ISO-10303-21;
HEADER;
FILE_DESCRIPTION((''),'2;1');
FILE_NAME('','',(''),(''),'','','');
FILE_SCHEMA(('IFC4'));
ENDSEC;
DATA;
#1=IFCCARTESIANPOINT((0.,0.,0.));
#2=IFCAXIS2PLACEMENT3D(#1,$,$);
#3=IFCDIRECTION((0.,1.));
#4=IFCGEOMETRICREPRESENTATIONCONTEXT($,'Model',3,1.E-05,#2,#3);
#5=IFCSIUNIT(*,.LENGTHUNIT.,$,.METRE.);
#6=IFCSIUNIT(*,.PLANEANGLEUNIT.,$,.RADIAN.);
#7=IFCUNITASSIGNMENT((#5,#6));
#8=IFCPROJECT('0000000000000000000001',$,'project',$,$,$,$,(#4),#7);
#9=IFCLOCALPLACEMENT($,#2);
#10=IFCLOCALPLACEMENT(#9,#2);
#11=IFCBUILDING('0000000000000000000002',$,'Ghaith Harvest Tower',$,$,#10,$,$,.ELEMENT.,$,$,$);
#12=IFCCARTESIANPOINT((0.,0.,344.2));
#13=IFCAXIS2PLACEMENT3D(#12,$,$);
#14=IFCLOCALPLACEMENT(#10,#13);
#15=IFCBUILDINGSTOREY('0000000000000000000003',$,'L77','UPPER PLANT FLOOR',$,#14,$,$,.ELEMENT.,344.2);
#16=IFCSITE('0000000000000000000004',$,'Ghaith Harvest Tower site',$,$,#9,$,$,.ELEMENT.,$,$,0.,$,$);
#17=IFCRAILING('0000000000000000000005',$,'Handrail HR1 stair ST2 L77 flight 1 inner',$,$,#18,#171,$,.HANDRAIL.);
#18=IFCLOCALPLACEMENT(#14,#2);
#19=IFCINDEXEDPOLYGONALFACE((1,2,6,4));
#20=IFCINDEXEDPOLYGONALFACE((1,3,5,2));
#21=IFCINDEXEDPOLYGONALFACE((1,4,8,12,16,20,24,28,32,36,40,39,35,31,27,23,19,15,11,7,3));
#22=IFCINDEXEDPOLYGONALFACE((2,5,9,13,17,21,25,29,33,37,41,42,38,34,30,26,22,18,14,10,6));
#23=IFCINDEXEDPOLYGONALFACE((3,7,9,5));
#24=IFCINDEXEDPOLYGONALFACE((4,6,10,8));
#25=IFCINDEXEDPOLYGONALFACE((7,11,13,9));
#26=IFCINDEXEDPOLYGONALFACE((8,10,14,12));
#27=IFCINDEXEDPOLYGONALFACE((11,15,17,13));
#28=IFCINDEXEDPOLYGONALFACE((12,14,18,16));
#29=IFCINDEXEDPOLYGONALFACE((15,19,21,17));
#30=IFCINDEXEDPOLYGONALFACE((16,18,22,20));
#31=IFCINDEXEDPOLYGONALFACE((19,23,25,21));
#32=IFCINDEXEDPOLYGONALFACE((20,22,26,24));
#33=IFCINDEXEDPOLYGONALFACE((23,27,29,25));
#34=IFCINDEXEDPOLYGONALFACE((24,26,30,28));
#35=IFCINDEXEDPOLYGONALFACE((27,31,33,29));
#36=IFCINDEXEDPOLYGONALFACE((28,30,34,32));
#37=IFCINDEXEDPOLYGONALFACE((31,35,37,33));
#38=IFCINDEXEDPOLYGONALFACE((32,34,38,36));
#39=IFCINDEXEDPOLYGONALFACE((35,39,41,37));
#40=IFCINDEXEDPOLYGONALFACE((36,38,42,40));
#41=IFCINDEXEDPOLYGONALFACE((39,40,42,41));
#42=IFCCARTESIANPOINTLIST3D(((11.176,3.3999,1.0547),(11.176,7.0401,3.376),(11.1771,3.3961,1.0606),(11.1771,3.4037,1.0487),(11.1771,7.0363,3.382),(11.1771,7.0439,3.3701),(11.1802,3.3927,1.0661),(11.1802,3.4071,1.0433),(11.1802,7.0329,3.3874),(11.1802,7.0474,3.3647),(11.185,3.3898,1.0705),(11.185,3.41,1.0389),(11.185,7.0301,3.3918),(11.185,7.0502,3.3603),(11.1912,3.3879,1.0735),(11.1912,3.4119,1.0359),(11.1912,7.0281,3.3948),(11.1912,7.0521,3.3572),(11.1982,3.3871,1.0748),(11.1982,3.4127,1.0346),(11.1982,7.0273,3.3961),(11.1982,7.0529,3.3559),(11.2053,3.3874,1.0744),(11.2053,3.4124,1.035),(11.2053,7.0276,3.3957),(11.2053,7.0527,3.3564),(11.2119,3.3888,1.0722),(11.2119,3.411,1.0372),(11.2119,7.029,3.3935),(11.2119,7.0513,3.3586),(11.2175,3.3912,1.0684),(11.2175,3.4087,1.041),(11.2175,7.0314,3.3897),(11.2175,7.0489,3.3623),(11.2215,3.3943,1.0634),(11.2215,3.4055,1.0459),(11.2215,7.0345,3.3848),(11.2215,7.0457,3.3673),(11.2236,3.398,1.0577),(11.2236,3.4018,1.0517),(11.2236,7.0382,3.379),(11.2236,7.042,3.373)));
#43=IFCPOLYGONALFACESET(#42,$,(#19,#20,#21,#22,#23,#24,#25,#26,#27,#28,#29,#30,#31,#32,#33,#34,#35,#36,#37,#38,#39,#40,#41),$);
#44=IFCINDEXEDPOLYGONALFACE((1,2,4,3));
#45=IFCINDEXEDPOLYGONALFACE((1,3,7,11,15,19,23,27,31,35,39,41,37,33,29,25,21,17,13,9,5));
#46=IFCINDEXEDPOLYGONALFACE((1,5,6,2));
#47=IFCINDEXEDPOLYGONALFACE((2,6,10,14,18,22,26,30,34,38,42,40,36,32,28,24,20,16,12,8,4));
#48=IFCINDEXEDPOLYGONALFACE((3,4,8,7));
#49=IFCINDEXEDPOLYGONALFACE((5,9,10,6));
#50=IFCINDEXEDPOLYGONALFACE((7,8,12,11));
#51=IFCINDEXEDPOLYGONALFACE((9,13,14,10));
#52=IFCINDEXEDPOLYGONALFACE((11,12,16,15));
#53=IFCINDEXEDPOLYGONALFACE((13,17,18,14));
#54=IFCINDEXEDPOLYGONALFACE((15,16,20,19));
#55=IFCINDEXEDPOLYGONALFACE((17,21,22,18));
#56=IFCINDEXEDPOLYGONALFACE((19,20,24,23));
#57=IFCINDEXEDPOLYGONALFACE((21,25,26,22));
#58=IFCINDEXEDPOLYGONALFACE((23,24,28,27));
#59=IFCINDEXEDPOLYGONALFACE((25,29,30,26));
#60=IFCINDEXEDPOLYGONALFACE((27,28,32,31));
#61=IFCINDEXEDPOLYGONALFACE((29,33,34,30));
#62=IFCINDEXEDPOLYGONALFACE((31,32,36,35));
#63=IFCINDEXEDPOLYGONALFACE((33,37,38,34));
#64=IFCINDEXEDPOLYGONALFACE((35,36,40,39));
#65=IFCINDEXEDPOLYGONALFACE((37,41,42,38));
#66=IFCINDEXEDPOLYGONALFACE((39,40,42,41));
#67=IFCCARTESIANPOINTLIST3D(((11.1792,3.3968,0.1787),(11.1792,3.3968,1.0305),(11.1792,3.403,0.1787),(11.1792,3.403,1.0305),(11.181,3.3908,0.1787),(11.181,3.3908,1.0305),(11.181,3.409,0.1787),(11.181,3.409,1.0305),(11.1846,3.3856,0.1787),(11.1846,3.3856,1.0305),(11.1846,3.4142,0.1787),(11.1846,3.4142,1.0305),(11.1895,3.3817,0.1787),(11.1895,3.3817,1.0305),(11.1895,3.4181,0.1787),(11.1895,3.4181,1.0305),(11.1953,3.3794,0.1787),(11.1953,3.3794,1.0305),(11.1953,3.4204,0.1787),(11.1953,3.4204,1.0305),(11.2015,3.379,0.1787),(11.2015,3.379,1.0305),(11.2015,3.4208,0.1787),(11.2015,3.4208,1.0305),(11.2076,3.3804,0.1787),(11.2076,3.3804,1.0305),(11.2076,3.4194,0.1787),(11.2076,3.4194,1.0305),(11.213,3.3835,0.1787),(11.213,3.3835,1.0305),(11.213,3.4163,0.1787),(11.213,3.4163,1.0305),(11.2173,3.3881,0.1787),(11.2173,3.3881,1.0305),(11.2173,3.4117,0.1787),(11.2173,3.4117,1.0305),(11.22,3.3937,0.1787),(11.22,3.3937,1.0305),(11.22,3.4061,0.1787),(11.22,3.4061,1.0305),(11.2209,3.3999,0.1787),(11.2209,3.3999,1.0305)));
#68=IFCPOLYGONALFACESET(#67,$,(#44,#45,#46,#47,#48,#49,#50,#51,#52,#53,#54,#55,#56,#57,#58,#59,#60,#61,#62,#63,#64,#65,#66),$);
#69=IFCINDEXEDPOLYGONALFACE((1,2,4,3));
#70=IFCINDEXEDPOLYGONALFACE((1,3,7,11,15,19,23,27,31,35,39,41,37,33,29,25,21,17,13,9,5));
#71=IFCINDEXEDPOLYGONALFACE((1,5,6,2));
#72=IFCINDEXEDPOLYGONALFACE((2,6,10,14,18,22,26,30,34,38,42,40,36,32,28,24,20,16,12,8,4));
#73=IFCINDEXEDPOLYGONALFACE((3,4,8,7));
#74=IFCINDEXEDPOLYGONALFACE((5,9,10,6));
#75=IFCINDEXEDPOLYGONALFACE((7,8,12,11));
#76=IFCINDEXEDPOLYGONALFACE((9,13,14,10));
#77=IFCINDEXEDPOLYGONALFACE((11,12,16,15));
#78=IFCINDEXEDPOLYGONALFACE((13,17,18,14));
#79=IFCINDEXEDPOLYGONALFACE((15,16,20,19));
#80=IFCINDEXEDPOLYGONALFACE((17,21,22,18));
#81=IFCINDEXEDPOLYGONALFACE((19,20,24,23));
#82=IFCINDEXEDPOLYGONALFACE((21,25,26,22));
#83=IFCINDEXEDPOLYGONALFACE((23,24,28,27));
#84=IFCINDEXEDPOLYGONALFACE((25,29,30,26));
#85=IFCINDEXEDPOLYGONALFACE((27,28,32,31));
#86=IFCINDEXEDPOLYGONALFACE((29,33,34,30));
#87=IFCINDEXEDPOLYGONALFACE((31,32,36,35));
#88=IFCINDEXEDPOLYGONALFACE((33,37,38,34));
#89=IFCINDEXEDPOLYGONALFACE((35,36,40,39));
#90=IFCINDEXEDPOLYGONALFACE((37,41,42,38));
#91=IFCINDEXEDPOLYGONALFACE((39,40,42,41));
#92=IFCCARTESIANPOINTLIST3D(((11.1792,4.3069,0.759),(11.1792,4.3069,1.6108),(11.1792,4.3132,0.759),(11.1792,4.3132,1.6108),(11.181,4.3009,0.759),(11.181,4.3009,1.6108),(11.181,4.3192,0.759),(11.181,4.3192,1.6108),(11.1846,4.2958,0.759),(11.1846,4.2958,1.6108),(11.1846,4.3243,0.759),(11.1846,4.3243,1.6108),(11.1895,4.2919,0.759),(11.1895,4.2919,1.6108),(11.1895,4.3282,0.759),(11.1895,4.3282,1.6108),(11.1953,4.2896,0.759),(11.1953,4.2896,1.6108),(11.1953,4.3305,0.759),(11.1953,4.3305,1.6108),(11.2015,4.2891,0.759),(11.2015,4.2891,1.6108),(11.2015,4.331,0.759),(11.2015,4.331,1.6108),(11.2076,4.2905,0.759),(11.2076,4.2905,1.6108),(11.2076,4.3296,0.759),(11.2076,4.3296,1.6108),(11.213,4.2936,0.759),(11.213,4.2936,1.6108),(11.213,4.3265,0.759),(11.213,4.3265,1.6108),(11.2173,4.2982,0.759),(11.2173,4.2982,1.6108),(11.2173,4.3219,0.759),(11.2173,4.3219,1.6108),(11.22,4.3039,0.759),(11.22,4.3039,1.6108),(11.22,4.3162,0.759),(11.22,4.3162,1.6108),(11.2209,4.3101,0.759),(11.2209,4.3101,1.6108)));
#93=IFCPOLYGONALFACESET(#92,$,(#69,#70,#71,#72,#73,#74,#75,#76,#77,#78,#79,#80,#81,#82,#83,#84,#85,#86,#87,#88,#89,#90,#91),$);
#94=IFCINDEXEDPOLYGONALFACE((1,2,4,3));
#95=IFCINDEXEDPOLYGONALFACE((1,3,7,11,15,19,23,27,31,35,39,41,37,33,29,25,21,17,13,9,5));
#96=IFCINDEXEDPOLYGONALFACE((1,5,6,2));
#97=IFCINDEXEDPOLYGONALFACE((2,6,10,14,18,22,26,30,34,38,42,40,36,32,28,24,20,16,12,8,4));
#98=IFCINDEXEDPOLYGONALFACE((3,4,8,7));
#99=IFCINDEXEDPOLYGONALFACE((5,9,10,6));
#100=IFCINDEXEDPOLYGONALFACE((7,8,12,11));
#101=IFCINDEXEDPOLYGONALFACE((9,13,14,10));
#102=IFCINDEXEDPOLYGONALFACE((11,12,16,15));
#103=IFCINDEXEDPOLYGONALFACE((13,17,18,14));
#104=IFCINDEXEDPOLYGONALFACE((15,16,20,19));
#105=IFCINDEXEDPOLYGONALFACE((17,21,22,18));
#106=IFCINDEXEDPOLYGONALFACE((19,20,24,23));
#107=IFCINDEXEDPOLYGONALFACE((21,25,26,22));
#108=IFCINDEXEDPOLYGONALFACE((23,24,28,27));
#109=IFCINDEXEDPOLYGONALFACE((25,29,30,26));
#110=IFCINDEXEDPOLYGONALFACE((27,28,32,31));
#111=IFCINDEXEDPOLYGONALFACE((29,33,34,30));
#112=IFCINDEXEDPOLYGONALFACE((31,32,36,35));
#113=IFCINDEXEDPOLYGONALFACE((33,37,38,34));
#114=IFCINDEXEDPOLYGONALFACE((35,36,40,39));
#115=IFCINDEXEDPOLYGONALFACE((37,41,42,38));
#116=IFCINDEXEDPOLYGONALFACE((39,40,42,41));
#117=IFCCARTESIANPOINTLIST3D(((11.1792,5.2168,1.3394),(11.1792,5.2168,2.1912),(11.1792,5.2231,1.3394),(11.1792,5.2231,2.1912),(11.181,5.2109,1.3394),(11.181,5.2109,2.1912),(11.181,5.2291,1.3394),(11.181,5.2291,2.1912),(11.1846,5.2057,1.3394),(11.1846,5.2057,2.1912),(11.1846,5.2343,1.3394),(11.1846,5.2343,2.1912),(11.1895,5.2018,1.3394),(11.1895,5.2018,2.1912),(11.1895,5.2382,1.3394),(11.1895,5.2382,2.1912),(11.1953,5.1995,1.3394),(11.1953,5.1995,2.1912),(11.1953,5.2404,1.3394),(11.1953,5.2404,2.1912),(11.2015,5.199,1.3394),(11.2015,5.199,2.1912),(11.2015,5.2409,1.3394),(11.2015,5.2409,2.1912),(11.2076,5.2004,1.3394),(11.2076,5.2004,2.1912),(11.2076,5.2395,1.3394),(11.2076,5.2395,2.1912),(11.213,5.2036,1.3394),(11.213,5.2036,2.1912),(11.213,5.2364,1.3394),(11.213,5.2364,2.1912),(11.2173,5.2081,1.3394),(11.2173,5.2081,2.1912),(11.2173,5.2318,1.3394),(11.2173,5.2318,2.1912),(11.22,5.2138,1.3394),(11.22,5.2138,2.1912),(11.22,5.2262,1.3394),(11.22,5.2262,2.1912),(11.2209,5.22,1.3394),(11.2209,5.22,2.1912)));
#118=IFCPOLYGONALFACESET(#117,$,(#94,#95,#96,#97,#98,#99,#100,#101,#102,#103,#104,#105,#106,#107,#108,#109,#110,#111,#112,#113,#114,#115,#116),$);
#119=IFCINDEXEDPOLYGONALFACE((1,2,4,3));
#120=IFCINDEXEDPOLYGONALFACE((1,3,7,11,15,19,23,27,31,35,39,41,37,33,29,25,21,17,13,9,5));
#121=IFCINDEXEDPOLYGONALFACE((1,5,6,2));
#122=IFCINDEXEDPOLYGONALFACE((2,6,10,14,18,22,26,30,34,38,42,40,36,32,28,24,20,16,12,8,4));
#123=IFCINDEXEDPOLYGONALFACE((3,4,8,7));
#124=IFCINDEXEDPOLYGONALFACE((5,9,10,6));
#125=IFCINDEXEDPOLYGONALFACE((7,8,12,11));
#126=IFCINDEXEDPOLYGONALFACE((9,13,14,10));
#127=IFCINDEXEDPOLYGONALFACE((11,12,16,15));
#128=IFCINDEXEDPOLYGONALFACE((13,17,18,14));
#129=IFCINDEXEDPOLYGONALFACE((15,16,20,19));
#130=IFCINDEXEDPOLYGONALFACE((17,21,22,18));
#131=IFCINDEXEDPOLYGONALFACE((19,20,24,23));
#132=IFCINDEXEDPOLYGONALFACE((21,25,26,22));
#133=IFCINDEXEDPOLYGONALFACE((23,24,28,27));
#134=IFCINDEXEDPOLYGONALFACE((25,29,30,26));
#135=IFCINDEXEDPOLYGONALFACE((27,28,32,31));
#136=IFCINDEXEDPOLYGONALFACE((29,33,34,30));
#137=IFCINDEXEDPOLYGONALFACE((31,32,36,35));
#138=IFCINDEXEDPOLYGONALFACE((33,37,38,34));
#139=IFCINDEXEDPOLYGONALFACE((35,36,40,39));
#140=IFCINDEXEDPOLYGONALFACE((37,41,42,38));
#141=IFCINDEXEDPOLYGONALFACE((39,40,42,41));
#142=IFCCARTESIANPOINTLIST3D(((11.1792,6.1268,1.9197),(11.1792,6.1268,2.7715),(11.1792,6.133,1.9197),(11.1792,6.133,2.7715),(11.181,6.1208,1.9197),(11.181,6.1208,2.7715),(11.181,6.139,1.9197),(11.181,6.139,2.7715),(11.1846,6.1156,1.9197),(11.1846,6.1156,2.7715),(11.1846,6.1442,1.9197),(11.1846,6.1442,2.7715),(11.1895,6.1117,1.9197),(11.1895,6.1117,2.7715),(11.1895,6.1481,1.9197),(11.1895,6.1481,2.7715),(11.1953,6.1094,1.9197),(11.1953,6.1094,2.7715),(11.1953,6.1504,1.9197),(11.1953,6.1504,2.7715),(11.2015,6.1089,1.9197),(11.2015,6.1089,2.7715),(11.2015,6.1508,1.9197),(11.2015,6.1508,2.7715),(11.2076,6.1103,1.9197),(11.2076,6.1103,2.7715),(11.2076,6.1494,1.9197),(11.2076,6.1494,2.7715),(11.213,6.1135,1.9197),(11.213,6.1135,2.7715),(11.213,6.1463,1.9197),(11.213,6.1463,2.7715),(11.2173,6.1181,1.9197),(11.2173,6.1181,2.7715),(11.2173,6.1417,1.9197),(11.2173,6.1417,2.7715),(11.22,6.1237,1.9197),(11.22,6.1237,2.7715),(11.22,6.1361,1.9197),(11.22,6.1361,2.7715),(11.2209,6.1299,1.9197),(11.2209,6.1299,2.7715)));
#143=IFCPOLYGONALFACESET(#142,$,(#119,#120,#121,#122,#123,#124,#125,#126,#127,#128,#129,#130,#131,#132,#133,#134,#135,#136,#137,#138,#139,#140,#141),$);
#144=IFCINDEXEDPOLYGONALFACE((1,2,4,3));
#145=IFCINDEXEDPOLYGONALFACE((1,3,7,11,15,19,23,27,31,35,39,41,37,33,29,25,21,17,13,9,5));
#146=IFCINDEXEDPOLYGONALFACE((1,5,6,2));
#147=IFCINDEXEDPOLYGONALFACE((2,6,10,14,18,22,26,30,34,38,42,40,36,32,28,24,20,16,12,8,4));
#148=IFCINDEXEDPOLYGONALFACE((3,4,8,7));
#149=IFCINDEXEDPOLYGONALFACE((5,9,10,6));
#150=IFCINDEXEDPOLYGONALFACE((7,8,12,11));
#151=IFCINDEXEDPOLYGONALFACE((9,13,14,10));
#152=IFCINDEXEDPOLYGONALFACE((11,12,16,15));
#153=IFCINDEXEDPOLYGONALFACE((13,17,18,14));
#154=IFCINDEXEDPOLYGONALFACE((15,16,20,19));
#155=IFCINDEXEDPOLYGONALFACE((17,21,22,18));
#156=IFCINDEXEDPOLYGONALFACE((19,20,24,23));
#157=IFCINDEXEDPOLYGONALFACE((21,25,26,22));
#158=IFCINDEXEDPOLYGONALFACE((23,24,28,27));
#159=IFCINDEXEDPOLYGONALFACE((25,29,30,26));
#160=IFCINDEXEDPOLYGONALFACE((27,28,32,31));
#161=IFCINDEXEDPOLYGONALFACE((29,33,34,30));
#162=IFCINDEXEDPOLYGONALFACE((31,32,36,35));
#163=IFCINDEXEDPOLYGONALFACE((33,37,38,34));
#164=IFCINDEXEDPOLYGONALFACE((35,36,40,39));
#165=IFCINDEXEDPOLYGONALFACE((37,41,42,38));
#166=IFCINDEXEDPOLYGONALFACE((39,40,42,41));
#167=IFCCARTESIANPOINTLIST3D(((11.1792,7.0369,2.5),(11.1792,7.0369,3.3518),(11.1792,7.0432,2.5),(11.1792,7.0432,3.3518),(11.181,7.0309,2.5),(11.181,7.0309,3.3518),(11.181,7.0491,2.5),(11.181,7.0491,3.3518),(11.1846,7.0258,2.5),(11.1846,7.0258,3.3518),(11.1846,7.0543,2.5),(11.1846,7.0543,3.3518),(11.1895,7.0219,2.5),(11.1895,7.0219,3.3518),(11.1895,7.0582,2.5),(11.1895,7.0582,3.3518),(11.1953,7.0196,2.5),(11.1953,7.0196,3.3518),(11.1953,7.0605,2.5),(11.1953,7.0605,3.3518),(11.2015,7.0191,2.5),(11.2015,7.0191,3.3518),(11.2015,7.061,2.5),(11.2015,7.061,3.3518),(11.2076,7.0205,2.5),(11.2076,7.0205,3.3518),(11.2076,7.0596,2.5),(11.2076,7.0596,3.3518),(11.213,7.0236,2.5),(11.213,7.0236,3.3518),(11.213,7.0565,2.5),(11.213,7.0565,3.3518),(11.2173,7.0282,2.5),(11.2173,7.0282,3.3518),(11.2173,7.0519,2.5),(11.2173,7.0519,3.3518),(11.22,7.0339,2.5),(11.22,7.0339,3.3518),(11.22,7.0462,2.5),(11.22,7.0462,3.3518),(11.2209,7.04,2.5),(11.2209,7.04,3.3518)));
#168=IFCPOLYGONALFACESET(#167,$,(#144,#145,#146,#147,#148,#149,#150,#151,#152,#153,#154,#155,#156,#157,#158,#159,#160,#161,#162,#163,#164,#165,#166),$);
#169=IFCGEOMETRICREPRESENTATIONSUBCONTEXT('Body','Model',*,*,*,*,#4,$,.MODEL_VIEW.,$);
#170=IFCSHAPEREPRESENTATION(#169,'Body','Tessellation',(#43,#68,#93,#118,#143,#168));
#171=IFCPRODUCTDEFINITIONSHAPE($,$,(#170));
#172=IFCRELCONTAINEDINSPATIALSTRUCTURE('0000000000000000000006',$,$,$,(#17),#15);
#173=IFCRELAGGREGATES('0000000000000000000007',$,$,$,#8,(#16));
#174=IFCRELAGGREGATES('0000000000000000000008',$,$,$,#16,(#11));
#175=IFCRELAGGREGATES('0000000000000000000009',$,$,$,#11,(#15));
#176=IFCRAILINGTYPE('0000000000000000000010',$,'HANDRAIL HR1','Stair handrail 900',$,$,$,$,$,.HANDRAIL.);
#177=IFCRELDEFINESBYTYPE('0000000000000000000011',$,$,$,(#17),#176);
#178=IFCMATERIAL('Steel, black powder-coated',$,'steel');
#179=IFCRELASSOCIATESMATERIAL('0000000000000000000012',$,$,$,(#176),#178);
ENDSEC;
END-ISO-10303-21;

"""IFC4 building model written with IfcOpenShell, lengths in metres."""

from ifc_helpers import new_model, si_unit, direction, frame, origin, origin_2d, place, context, subcontext, project, spatial, circle, extrude, material, type_object, element, save


model = new_model("IFC4")

# Units and contexts
model_context = context("Model", 3, precision=1e-05, world=origin(), true_north=direction((0.0, 1.0)))
body_context = subcontext(model_context, "Body", "Model", "MODEL_VIEW")
ifc_project = project(units=[si_unit("LENGTHUNIT", "METRE"), si_unit("PLANEANGLEUNIT", "RADIAN")], contexts=[model_context])

# Site, building, storey
site_placement = place(None, origin())
site = spatial("IfcSite", under=ifc_project, at=site_placement, Name="Ghaith Harvest Tower site", CompositionType="ELEMENT", RefElevation=0.0)
building_placement = place(site_placement, origin())
building = spatial("IfcBuilding", under=site, at=building_placement, Name="Ghaith Harvest Tower", CompositionType="ELEMENT")
storey_placement = place(building_placement, frame((0.0, 0.0, 344.2)))
storey = spatial("IfcBuildingStorey", under=building, at=storey_placement, Name="L77", Description="UPPER PLANT FLOOR", CompositionType="ELEMENT", Elevation=344.2)

# Railing
ifc_material_1 = material(Name="Steel, black powder-coated", Category="steel")
railing_type = type_object("IfcRailingType", Name="HANDRAIL HR1", Description="Stair handrail 900", PredefinedType="HANDRAIL", material=ifc_material_1)
railing_1_placement = place(storey_placement, frame((11.2, 3.3999, 0.1787)))
element("IfcRailing", 1, at=railing_1_placement, inside=storey, type_object=railing_type, Name="Handrail HR1 stair ST2 L77 flight 1 inner", PredefinedType="HANDRAIL", context=body_context, shape_type="SweptSolid", body=[
    extrude(circle(Radius=0.0239, at=origin_2d()), frame((0.0, 0.0, 0.876), z_axis=(0.0, 0.843153, 0.537673), x_axis=(-1.0, 0.0, 0.0)), (0.0, 0.0, 1.0), 4.3174),
    extrude(circle(Radius=0.021, at=origin_2d()), origin(), (0.0, 0.0, 1.0), 0.8518),
    extrude(circle(Radius=0.021, at=origin_2d()), frame((0.0, 0.9102, 0.5803)), (0.0, 0.0, 1.0), 0.8518),
    extrude(circle(Radius=0.021, at=origin_2d()), frame((0.0, 1.8201, 1.1606)), (0.0, 0.0, 1.0), 0.8518),
    extrude(circle(Radius=0.021, at=origin_2d()), frame((0.0, 2.73, 1.741)), (0.0, 0.0, 1.0), 0.8518),
    extrude(circle(Radius=0.021, at=origin_2d()), frame((0.0, 3.6401, 2.3213)), (0.0, 0.0, 1.0), 0.8518),
])

save(model, "model.ifc")
